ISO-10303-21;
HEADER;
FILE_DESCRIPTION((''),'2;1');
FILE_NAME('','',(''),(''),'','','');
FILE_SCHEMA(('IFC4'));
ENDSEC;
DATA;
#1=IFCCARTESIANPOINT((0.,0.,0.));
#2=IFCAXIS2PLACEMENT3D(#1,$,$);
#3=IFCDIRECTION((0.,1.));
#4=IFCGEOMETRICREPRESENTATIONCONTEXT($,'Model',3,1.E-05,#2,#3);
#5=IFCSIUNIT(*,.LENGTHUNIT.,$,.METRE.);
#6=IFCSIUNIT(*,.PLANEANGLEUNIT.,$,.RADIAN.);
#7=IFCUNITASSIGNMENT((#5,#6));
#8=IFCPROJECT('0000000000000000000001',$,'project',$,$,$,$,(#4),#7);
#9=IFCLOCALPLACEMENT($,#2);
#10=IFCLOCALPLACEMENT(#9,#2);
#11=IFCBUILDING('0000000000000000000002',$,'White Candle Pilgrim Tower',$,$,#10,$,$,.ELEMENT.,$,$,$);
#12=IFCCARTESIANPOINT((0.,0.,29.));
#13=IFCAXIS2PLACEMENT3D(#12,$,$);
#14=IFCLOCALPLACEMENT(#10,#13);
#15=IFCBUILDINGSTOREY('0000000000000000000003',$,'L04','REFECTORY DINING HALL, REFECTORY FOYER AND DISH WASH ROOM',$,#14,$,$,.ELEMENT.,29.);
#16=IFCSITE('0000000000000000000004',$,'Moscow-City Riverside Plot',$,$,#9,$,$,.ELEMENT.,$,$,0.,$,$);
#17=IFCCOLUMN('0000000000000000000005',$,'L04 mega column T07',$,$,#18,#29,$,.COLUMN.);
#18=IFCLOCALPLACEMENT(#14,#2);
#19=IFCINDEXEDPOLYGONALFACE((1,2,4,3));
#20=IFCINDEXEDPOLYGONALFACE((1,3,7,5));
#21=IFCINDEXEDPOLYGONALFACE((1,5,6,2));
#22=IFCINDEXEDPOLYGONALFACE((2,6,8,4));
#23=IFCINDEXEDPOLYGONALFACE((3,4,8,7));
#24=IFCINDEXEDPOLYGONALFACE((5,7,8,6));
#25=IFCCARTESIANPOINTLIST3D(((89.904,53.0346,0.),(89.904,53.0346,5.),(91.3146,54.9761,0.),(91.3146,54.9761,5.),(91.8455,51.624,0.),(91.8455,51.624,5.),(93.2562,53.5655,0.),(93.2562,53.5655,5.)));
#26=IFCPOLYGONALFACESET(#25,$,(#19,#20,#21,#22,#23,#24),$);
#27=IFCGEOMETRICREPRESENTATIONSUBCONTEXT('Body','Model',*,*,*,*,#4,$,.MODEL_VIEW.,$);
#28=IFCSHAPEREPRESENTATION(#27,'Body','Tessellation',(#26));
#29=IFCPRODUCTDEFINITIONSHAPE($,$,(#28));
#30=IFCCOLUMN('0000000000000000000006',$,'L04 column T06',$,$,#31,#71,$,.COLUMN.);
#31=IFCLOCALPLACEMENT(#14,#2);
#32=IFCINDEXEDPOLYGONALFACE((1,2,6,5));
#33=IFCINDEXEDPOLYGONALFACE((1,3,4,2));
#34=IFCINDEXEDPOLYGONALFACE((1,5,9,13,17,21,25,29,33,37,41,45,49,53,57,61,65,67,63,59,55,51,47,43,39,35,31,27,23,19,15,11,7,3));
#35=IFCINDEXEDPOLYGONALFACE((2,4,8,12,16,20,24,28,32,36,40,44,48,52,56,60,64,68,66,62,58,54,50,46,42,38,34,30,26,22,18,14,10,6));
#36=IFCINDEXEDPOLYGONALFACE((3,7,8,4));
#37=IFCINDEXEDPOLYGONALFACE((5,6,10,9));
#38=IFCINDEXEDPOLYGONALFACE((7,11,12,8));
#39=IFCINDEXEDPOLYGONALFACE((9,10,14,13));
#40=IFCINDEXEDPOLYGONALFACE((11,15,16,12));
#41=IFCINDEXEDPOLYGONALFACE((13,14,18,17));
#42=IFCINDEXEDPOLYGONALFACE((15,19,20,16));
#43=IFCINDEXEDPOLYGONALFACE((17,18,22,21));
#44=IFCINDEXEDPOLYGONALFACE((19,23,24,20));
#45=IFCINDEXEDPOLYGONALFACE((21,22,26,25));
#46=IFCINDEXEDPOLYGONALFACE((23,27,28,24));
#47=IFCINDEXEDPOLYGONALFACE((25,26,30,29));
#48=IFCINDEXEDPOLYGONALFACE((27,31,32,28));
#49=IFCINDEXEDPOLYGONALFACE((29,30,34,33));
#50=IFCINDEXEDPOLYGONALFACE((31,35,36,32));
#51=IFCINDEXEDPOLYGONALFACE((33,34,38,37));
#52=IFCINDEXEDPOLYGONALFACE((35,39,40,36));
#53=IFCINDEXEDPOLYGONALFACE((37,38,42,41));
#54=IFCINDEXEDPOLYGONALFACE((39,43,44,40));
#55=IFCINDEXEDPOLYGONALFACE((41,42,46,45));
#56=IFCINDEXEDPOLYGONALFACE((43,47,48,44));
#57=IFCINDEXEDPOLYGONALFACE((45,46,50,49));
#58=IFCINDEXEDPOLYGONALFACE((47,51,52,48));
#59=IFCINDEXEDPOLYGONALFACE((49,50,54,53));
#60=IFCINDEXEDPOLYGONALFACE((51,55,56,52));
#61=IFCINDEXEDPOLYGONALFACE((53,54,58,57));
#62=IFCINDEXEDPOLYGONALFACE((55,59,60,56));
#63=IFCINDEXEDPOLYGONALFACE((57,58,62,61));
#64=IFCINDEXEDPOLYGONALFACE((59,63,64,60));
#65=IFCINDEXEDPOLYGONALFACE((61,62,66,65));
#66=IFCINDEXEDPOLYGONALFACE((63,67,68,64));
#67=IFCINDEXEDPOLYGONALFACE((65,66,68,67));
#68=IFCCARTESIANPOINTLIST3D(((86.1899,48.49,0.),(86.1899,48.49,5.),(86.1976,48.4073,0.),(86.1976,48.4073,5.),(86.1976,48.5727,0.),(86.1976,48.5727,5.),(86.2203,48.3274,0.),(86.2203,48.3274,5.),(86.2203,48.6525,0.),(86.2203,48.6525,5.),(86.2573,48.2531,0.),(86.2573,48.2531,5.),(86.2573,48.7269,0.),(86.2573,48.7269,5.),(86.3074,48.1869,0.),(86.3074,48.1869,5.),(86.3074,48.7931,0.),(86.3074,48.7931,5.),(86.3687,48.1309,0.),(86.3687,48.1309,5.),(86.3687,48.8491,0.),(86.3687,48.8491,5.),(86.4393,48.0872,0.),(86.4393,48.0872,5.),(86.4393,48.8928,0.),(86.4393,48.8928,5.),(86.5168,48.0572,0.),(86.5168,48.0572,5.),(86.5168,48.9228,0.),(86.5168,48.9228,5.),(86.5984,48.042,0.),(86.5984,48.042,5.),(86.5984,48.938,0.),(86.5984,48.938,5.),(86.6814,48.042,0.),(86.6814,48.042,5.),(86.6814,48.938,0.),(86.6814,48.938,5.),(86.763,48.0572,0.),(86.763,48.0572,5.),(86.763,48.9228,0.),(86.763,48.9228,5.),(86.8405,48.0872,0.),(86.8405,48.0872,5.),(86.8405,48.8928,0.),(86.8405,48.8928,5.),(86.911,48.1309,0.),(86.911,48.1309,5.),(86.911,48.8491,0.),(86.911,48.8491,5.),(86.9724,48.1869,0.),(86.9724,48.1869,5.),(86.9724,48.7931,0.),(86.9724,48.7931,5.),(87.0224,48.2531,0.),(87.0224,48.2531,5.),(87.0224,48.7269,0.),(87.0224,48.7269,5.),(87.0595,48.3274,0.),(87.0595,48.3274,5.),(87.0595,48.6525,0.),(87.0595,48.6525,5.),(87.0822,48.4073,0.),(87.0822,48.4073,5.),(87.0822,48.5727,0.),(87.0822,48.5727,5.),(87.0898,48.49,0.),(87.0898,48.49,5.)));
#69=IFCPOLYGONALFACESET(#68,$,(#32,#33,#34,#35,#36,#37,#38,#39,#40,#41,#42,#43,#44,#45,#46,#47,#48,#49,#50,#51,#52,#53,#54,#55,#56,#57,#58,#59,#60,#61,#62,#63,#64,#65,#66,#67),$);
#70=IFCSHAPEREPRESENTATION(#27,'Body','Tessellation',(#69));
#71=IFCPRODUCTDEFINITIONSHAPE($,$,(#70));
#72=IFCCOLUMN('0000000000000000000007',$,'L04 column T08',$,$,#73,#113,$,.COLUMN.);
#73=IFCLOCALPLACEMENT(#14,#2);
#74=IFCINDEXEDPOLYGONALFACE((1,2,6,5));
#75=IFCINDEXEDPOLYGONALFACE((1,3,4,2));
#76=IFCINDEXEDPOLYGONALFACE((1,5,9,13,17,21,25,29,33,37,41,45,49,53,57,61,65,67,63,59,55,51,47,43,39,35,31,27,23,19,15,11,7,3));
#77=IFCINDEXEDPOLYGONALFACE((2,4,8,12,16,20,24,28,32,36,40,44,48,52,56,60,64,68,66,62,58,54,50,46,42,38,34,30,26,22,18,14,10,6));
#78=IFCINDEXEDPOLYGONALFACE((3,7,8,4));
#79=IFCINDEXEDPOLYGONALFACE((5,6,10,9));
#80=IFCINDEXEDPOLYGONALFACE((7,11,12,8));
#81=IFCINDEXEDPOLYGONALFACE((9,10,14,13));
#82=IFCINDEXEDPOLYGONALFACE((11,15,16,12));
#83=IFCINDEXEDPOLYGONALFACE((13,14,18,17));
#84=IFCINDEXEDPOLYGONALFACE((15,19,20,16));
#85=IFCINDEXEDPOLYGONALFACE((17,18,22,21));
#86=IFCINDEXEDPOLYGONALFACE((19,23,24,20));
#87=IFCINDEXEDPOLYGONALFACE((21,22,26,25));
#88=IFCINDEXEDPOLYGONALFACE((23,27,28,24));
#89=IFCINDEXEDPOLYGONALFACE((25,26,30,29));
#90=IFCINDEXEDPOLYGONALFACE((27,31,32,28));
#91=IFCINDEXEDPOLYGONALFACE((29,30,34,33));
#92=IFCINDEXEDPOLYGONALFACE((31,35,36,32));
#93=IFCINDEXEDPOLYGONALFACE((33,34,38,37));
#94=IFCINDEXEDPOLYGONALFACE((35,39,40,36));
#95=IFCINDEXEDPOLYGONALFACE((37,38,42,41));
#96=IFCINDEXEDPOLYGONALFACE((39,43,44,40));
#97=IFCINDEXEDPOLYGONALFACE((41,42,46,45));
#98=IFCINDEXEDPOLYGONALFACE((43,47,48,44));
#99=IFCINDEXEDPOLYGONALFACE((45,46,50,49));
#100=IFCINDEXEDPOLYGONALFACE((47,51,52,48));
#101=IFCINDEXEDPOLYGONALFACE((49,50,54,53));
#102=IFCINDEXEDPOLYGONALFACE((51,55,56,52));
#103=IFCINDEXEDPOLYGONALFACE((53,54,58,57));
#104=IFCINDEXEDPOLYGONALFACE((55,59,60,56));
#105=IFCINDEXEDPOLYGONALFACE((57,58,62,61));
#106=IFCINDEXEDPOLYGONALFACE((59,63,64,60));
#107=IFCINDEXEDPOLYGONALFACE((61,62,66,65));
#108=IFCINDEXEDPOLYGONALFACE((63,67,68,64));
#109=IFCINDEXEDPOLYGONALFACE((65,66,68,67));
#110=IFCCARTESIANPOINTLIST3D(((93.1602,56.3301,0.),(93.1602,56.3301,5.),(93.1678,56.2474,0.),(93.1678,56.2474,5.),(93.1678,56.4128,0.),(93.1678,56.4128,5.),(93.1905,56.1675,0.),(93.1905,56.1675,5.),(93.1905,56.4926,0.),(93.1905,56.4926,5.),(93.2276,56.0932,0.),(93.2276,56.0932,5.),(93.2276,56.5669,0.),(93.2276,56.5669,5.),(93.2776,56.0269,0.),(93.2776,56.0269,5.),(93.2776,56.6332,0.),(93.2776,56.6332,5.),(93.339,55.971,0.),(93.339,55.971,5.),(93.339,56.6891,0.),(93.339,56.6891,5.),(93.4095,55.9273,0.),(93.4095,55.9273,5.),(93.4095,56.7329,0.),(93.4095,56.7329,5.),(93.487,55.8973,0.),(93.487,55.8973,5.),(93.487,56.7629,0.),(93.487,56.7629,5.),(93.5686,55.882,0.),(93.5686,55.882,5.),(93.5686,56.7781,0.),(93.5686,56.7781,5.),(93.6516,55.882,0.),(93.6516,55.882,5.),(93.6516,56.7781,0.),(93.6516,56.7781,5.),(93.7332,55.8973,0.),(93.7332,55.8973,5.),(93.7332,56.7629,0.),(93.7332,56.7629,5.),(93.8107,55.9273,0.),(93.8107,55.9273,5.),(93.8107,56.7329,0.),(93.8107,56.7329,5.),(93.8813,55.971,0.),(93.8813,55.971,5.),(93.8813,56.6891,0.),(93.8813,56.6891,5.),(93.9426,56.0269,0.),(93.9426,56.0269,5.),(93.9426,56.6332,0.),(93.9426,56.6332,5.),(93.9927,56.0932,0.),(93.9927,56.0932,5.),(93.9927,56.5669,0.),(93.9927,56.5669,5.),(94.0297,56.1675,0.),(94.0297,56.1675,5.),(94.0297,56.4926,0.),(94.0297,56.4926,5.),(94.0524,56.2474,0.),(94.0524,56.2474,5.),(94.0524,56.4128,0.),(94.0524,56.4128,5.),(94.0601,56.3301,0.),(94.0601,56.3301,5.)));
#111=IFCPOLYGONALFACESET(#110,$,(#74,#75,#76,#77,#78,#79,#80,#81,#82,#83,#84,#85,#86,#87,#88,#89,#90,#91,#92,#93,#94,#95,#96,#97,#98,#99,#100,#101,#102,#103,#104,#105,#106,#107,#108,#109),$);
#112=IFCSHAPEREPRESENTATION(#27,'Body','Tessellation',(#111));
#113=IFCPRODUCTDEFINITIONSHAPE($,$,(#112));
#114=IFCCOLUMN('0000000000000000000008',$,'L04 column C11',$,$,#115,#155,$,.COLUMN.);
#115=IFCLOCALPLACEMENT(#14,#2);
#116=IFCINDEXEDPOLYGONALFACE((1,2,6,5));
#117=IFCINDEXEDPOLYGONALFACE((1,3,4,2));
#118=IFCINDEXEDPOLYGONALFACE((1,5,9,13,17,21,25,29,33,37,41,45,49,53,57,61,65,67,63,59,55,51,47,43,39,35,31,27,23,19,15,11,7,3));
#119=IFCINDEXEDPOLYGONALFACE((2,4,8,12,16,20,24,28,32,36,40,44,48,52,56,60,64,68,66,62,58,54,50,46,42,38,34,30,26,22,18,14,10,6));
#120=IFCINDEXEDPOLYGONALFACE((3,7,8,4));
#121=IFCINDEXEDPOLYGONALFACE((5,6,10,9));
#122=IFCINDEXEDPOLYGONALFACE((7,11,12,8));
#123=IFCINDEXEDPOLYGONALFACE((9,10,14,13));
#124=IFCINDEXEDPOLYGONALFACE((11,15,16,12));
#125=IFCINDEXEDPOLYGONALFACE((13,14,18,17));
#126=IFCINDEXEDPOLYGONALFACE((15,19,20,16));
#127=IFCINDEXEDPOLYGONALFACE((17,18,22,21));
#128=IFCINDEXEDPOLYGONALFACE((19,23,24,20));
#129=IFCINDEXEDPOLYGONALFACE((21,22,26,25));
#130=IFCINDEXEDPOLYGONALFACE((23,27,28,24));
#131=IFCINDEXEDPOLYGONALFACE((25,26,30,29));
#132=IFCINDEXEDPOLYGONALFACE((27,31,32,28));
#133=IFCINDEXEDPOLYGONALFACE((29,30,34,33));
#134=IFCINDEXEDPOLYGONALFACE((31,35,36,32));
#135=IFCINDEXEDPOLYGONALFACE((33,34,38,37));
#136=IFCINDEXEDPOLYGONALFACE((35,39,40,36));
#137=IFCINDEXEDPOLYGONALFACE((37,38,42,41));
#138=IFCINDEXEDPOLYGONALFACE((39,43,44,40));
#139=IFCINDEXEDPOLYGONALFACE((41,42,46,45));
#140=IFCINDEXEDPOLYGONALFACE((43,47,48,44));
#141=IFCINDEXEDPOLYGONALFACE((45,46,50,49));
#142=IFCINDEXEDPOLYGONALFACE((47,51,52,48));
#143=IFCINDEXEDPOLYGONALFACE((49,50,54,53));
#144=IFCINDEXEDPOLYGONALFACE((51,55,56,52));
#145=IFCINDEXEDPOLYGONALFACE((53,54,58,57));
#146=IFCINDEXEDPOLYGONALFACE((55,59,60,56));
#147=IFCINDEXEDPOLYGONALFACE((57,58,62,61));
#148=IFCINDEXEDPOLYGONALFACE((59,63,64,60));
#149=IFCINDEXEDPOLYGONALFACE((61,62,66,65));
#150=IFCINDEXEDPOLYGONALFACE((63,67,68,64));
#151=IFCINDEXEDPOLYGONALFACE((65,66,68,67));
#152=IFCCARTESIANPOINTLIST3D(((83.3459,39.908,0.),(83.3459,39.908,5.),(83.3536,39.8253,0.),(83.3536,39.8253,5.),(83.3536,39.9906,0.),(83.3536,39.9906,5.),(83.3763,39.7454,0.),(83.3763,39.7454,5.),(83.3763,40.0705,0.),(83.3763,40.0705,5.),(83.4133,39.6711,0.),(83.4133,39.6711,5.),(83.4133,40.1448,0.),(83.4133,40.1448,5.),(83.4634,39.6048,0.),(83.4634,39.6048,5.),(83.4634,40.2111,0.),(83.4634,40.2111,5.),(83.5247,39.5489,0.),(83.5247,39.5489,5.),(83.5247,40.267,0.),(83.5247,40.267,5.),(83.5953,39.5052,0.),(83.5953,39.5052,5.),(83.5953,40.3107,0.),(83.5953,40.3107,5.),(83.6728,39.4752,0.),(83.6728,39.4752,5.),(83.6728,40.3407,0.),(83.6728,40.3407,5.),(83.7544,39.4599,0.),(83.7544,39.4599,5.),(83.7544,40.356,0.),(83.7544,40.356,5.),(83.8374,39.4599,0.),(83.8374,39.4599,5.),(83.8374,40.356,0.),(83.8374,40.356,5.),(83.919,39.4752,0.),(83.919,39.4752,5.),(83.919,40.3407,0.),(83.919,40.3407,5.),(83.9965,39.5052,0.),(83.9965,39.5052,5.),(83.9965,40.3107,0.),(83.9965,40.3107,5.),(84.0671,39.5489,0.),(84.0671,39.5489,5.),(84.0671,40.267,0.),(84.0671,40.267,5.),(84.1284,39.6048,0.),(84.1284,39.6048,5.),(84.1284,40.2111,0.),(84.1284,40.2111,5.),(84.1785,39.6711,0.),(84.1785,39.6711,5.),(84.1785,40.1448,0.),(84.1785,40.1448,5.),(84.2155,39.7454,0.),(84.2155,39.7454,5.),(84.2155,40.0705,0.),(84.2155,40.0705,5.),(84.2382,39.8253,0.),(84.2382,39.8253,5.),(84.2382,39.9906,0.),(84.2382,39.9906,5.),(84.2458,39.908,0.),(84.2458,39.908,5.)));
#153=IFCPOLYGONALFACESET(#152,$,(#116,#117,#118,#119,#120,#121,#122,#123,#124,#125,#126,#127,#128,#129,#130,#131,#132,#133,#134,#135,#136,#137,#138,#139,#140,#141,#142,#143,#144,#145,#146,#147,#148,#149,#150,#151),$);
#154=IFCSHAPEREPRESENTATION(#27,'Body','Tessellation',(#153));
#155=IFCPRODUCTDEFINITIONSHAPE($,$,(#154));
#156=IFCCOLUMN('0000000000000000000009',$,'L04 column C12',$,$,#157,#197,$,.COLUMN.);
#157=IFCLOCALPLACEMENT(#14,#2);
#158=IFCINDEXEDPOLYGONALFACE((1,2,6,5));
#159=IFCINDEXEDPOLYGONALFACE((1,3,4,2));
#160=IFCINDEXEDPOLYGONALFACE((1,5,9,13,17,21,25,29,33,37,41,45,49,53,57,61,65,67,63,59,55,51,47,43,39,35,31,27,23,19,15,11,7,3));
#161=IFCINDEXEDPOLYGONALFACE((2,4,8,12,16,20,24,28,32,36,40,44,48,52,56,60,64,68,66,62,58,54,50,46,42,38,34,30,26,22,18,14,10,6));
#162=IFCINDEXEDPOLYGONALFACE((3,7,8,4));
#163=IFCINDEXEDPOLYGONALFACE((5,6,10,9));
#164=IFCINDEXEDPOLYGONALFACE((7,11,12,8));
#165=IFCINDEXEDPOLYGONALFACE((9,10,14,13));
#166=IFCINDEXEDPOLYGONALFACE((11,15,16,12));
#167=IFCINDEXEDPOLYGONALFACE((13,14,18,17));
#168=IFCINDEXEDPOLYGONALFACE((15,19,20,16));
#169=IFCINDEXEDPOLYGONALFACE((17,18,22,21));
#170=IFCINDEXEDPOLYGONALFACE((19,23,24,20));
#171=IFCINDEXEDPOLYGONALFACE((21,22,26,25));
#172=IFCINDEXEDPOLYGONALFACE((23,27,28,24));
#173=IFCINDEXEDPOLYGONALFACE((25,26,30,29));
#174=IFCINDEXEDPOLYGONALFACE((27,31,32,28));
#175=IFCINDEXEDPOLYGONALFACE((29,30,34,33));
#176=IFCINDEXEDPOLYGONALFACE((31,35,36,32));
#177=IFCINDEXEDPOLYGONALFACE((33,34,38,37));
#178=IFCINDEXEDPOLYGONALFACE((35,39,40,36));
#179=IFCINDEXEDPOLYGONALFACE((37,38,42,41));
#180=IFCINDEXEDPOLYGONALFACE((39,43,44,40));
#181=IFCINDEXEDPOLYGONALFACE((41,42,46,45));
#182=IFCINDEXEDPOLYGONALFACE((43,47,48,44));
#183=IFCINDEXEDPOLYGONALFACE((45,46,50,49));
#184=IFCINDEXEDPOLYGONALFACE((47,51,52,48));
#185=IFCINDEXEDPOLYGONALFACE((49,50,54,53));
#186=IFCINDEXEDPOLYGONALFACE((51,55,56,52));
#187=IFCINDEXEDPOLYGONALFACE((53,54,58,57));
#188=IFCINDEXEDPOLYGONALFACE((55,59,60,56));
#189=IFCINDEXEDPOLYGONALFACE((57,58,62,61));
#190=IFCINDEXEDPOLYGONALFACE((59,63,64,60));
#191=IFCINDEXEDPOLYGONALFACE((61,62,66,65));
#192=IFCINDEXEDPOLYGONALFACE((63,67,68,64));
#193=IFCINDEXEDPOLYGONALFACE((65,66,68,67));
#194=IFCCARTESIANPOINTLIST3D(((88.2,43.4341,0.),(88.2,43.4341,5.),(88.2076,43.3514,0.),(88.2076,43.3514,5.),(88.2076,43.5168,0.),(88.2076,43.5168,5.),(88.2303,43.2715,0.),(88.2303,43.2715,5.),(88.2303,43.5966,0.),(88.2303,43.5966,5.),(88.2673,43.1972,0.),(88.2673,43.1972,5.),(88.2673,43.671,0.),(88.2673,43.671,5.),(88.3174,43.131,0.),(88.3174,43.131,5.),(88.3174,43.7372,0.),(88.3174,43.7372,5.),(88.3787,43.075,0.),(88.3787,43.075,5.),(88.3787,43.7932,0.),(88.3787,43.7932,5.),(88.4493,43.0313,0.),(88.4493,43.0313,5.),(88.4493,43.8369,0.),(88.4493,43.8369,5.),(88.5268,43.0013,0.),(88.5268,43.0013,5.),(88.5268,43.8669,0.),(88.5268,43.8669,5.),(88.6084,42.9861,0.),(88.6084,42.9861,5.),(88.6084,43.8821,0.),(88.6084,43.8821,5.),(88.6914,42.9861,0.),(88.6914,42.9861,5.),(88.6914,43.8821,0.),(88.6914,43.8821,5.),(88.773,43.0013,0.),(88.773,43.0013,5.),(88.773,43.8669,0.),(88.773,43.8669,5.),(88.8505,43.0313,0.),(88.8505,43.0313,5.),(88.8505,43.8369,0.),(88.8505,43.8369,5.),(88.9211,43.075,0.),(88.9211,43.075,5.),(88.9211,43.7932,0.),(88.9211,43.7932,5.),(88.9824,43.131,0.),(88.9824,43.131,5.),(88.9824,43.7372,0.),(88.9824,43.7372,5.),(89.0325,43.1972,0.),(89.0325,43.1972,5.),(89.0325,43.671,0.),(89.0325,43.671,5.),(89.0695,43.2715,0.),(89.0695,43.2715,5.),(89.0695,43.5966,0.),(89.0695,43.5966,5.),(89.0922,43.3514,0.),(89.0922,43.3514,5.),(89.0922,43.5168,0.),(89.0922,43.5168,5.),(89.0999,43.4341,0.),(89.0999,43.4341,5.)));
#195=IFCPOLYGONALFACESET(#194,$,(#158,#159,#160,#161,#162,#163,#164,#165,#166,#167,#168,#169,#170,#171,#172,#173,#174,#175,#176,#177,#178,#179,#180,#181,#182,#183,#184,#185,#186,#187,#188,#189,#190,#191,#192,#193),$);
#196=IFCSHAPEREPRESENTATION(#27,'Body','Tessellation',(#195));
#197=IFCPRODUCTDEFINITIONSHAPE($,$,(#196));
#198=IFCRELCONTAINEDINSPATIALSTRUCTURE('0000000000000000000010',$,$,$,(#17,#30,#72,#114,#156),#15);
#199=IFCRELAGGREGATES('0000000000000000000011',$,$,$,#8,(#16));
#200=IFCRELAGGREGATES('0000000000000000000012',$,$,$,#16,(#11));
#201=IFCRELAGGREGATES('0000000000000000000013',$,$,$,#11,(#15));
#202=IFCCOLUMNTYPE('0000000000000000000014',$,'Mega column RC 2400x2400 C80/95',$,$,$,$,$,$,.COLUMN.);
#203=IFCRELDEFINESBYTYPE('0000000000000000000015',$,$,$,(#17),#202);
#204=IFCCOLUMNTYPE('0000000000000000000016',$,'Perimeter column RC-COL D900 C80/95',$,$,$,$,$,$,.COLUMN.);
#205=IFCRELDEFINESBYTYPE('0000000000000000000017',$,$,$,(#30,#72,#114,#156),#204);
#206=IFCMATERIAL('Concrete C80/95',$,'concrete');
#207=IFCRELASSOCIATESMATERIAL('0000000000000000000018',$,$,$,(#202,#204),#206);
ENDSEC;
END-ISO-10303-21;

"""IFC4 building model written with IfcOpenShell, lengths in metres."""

from ifc_helpers import new_model, si_unit, direction, frame, origin, origin_2d, place, context, subcontext, project, spatial, rectangle, circle, extrude, material, material_profile, profile_set, type_object, element, save


model = new_model("IFC4")

# Units and contexts
model_context = context("Model", 3, precision=1e-05, world=origin(), true_north=direction((0.0, 1.0)))
body_context = subcontext(model_context, "Body", "Model", "MODEL_VIEW")
ifc_project = project(units=[si_unit("LENGTHUNIT", "METRE"), si_unit("PLANEANGLEUNIT", "RADIAN")], contexts=[model_context])

# Site, building, storey
site_placement = place(None, origin())
site = spatial("IfcSite", under=ifc_project, at=site_placement, Name="Moscow-City Riverside Plot", CompositionType="ELEMENT", RefElevation=0.0)
building_placement = place(site_placement, origin())
building = spatial("IfcBuilding", under=site, at=building_placement, Name="White Candle Pilgrim Tower", CompositionType="ELEMENT")
storey_placement = place(building_placement, frame((0.0, 0.0, 29.0)))
storey = spatial("IfcBuildingStorey", under=building, at=storey_placement, Name="L04", Description="REFECTORY DINING HALL, REFECTORY FOYER AND DISH WASH ROOM", CompositionType="ELEMENT", Elevation=29.0)

# Columns
ifc_material_1 = material(Name="Concrete C80/95", Category="concrete")
ifc_material_profile_1 = material_profile(ifc_material_1, rectangle(XDim=2.3999, YDim=2.3999, at=origin_2d()), Name="RC 2400x2400")
ifc_profile_set_1 = profile_set([ifc_material_profile_1], Name="Concrete C80/95")
column_type_1 = type_object("IfcColumnType", Name="Mega column RC 2400x2400 C80/95", PredefinedType="COLUMN", material=ifc_profile_set_1)
column_1_placement = place(storey_placement, frame((91.5801, 53.3, 0.0), z_axis=(0.0, 0.0, 1.0), x_axis=(0.809017, -0.587785, 0.0)))
element("IfcColumn", 1, at=column_1_placement, inside=storey, type_object=column_type_1, Name="L04 mega column T07", PredefinedType="COLUMN", context=body_context, shape_type="SweptSolid", body=[
    extrude(rectangle(XDim=2.3999, YDim=2.3999, at=origin_2d()), origin(), (0.0, 0.0, 1.0), 5.0),
])
ifc_material_profile_2 = material_profile(ifc_material_1, circle(Radius=0.45, at=origin_2d()), Name="RC-COL D900")
ifc_profile_set_2 = profile_set([ifc_material_profile_2], Name="Concrete C80/95")
column_type_2 = type_object("IfcColumnType", Name="Perimeter column RC-COL D900 C80/95", PredefinedType="COLUMN", material=ifc_profile_set_2)
for number, where, z_axis, x_axis, name in (
    (2, (86.6399, 48.49, 0.0), (0.0, 0.0, 1.0), (1.0, 0.0, 0.0), "L04 column T06"),
    (3, (93.6101, 56.3301, 0.0), (0.0, 0.0, 1.0), (1.0, 0.0, 0.0), "L04 column T08"),
    (4, (83.7959, 39.908, 0.0), (0.0, 0.0, 1.0), (1.0, 0.0, 0.0), "L04 column C11"),
    (5, (88.6499, 43.4341, 0.0), (0.0, 0.0, 1.0), (1.0, 0.0, 0.0), "L04 column C12"),
):
    element("IfcColumn", number, at=place(storey_placement, frame(where, z_axis=z_axis, x_axis=x_axis)), inside=storey, type_object=column_type_2, Name=name, PredefinedType="COLUMN", context=body_context, shape_type="SweptSolid", body=[
        extrude(circle(Radius=0.45, at=origin_2d()), origin(), (0.0, 0.0, 1.0), 5.0),
    ])

save(model, "model.ifc")
